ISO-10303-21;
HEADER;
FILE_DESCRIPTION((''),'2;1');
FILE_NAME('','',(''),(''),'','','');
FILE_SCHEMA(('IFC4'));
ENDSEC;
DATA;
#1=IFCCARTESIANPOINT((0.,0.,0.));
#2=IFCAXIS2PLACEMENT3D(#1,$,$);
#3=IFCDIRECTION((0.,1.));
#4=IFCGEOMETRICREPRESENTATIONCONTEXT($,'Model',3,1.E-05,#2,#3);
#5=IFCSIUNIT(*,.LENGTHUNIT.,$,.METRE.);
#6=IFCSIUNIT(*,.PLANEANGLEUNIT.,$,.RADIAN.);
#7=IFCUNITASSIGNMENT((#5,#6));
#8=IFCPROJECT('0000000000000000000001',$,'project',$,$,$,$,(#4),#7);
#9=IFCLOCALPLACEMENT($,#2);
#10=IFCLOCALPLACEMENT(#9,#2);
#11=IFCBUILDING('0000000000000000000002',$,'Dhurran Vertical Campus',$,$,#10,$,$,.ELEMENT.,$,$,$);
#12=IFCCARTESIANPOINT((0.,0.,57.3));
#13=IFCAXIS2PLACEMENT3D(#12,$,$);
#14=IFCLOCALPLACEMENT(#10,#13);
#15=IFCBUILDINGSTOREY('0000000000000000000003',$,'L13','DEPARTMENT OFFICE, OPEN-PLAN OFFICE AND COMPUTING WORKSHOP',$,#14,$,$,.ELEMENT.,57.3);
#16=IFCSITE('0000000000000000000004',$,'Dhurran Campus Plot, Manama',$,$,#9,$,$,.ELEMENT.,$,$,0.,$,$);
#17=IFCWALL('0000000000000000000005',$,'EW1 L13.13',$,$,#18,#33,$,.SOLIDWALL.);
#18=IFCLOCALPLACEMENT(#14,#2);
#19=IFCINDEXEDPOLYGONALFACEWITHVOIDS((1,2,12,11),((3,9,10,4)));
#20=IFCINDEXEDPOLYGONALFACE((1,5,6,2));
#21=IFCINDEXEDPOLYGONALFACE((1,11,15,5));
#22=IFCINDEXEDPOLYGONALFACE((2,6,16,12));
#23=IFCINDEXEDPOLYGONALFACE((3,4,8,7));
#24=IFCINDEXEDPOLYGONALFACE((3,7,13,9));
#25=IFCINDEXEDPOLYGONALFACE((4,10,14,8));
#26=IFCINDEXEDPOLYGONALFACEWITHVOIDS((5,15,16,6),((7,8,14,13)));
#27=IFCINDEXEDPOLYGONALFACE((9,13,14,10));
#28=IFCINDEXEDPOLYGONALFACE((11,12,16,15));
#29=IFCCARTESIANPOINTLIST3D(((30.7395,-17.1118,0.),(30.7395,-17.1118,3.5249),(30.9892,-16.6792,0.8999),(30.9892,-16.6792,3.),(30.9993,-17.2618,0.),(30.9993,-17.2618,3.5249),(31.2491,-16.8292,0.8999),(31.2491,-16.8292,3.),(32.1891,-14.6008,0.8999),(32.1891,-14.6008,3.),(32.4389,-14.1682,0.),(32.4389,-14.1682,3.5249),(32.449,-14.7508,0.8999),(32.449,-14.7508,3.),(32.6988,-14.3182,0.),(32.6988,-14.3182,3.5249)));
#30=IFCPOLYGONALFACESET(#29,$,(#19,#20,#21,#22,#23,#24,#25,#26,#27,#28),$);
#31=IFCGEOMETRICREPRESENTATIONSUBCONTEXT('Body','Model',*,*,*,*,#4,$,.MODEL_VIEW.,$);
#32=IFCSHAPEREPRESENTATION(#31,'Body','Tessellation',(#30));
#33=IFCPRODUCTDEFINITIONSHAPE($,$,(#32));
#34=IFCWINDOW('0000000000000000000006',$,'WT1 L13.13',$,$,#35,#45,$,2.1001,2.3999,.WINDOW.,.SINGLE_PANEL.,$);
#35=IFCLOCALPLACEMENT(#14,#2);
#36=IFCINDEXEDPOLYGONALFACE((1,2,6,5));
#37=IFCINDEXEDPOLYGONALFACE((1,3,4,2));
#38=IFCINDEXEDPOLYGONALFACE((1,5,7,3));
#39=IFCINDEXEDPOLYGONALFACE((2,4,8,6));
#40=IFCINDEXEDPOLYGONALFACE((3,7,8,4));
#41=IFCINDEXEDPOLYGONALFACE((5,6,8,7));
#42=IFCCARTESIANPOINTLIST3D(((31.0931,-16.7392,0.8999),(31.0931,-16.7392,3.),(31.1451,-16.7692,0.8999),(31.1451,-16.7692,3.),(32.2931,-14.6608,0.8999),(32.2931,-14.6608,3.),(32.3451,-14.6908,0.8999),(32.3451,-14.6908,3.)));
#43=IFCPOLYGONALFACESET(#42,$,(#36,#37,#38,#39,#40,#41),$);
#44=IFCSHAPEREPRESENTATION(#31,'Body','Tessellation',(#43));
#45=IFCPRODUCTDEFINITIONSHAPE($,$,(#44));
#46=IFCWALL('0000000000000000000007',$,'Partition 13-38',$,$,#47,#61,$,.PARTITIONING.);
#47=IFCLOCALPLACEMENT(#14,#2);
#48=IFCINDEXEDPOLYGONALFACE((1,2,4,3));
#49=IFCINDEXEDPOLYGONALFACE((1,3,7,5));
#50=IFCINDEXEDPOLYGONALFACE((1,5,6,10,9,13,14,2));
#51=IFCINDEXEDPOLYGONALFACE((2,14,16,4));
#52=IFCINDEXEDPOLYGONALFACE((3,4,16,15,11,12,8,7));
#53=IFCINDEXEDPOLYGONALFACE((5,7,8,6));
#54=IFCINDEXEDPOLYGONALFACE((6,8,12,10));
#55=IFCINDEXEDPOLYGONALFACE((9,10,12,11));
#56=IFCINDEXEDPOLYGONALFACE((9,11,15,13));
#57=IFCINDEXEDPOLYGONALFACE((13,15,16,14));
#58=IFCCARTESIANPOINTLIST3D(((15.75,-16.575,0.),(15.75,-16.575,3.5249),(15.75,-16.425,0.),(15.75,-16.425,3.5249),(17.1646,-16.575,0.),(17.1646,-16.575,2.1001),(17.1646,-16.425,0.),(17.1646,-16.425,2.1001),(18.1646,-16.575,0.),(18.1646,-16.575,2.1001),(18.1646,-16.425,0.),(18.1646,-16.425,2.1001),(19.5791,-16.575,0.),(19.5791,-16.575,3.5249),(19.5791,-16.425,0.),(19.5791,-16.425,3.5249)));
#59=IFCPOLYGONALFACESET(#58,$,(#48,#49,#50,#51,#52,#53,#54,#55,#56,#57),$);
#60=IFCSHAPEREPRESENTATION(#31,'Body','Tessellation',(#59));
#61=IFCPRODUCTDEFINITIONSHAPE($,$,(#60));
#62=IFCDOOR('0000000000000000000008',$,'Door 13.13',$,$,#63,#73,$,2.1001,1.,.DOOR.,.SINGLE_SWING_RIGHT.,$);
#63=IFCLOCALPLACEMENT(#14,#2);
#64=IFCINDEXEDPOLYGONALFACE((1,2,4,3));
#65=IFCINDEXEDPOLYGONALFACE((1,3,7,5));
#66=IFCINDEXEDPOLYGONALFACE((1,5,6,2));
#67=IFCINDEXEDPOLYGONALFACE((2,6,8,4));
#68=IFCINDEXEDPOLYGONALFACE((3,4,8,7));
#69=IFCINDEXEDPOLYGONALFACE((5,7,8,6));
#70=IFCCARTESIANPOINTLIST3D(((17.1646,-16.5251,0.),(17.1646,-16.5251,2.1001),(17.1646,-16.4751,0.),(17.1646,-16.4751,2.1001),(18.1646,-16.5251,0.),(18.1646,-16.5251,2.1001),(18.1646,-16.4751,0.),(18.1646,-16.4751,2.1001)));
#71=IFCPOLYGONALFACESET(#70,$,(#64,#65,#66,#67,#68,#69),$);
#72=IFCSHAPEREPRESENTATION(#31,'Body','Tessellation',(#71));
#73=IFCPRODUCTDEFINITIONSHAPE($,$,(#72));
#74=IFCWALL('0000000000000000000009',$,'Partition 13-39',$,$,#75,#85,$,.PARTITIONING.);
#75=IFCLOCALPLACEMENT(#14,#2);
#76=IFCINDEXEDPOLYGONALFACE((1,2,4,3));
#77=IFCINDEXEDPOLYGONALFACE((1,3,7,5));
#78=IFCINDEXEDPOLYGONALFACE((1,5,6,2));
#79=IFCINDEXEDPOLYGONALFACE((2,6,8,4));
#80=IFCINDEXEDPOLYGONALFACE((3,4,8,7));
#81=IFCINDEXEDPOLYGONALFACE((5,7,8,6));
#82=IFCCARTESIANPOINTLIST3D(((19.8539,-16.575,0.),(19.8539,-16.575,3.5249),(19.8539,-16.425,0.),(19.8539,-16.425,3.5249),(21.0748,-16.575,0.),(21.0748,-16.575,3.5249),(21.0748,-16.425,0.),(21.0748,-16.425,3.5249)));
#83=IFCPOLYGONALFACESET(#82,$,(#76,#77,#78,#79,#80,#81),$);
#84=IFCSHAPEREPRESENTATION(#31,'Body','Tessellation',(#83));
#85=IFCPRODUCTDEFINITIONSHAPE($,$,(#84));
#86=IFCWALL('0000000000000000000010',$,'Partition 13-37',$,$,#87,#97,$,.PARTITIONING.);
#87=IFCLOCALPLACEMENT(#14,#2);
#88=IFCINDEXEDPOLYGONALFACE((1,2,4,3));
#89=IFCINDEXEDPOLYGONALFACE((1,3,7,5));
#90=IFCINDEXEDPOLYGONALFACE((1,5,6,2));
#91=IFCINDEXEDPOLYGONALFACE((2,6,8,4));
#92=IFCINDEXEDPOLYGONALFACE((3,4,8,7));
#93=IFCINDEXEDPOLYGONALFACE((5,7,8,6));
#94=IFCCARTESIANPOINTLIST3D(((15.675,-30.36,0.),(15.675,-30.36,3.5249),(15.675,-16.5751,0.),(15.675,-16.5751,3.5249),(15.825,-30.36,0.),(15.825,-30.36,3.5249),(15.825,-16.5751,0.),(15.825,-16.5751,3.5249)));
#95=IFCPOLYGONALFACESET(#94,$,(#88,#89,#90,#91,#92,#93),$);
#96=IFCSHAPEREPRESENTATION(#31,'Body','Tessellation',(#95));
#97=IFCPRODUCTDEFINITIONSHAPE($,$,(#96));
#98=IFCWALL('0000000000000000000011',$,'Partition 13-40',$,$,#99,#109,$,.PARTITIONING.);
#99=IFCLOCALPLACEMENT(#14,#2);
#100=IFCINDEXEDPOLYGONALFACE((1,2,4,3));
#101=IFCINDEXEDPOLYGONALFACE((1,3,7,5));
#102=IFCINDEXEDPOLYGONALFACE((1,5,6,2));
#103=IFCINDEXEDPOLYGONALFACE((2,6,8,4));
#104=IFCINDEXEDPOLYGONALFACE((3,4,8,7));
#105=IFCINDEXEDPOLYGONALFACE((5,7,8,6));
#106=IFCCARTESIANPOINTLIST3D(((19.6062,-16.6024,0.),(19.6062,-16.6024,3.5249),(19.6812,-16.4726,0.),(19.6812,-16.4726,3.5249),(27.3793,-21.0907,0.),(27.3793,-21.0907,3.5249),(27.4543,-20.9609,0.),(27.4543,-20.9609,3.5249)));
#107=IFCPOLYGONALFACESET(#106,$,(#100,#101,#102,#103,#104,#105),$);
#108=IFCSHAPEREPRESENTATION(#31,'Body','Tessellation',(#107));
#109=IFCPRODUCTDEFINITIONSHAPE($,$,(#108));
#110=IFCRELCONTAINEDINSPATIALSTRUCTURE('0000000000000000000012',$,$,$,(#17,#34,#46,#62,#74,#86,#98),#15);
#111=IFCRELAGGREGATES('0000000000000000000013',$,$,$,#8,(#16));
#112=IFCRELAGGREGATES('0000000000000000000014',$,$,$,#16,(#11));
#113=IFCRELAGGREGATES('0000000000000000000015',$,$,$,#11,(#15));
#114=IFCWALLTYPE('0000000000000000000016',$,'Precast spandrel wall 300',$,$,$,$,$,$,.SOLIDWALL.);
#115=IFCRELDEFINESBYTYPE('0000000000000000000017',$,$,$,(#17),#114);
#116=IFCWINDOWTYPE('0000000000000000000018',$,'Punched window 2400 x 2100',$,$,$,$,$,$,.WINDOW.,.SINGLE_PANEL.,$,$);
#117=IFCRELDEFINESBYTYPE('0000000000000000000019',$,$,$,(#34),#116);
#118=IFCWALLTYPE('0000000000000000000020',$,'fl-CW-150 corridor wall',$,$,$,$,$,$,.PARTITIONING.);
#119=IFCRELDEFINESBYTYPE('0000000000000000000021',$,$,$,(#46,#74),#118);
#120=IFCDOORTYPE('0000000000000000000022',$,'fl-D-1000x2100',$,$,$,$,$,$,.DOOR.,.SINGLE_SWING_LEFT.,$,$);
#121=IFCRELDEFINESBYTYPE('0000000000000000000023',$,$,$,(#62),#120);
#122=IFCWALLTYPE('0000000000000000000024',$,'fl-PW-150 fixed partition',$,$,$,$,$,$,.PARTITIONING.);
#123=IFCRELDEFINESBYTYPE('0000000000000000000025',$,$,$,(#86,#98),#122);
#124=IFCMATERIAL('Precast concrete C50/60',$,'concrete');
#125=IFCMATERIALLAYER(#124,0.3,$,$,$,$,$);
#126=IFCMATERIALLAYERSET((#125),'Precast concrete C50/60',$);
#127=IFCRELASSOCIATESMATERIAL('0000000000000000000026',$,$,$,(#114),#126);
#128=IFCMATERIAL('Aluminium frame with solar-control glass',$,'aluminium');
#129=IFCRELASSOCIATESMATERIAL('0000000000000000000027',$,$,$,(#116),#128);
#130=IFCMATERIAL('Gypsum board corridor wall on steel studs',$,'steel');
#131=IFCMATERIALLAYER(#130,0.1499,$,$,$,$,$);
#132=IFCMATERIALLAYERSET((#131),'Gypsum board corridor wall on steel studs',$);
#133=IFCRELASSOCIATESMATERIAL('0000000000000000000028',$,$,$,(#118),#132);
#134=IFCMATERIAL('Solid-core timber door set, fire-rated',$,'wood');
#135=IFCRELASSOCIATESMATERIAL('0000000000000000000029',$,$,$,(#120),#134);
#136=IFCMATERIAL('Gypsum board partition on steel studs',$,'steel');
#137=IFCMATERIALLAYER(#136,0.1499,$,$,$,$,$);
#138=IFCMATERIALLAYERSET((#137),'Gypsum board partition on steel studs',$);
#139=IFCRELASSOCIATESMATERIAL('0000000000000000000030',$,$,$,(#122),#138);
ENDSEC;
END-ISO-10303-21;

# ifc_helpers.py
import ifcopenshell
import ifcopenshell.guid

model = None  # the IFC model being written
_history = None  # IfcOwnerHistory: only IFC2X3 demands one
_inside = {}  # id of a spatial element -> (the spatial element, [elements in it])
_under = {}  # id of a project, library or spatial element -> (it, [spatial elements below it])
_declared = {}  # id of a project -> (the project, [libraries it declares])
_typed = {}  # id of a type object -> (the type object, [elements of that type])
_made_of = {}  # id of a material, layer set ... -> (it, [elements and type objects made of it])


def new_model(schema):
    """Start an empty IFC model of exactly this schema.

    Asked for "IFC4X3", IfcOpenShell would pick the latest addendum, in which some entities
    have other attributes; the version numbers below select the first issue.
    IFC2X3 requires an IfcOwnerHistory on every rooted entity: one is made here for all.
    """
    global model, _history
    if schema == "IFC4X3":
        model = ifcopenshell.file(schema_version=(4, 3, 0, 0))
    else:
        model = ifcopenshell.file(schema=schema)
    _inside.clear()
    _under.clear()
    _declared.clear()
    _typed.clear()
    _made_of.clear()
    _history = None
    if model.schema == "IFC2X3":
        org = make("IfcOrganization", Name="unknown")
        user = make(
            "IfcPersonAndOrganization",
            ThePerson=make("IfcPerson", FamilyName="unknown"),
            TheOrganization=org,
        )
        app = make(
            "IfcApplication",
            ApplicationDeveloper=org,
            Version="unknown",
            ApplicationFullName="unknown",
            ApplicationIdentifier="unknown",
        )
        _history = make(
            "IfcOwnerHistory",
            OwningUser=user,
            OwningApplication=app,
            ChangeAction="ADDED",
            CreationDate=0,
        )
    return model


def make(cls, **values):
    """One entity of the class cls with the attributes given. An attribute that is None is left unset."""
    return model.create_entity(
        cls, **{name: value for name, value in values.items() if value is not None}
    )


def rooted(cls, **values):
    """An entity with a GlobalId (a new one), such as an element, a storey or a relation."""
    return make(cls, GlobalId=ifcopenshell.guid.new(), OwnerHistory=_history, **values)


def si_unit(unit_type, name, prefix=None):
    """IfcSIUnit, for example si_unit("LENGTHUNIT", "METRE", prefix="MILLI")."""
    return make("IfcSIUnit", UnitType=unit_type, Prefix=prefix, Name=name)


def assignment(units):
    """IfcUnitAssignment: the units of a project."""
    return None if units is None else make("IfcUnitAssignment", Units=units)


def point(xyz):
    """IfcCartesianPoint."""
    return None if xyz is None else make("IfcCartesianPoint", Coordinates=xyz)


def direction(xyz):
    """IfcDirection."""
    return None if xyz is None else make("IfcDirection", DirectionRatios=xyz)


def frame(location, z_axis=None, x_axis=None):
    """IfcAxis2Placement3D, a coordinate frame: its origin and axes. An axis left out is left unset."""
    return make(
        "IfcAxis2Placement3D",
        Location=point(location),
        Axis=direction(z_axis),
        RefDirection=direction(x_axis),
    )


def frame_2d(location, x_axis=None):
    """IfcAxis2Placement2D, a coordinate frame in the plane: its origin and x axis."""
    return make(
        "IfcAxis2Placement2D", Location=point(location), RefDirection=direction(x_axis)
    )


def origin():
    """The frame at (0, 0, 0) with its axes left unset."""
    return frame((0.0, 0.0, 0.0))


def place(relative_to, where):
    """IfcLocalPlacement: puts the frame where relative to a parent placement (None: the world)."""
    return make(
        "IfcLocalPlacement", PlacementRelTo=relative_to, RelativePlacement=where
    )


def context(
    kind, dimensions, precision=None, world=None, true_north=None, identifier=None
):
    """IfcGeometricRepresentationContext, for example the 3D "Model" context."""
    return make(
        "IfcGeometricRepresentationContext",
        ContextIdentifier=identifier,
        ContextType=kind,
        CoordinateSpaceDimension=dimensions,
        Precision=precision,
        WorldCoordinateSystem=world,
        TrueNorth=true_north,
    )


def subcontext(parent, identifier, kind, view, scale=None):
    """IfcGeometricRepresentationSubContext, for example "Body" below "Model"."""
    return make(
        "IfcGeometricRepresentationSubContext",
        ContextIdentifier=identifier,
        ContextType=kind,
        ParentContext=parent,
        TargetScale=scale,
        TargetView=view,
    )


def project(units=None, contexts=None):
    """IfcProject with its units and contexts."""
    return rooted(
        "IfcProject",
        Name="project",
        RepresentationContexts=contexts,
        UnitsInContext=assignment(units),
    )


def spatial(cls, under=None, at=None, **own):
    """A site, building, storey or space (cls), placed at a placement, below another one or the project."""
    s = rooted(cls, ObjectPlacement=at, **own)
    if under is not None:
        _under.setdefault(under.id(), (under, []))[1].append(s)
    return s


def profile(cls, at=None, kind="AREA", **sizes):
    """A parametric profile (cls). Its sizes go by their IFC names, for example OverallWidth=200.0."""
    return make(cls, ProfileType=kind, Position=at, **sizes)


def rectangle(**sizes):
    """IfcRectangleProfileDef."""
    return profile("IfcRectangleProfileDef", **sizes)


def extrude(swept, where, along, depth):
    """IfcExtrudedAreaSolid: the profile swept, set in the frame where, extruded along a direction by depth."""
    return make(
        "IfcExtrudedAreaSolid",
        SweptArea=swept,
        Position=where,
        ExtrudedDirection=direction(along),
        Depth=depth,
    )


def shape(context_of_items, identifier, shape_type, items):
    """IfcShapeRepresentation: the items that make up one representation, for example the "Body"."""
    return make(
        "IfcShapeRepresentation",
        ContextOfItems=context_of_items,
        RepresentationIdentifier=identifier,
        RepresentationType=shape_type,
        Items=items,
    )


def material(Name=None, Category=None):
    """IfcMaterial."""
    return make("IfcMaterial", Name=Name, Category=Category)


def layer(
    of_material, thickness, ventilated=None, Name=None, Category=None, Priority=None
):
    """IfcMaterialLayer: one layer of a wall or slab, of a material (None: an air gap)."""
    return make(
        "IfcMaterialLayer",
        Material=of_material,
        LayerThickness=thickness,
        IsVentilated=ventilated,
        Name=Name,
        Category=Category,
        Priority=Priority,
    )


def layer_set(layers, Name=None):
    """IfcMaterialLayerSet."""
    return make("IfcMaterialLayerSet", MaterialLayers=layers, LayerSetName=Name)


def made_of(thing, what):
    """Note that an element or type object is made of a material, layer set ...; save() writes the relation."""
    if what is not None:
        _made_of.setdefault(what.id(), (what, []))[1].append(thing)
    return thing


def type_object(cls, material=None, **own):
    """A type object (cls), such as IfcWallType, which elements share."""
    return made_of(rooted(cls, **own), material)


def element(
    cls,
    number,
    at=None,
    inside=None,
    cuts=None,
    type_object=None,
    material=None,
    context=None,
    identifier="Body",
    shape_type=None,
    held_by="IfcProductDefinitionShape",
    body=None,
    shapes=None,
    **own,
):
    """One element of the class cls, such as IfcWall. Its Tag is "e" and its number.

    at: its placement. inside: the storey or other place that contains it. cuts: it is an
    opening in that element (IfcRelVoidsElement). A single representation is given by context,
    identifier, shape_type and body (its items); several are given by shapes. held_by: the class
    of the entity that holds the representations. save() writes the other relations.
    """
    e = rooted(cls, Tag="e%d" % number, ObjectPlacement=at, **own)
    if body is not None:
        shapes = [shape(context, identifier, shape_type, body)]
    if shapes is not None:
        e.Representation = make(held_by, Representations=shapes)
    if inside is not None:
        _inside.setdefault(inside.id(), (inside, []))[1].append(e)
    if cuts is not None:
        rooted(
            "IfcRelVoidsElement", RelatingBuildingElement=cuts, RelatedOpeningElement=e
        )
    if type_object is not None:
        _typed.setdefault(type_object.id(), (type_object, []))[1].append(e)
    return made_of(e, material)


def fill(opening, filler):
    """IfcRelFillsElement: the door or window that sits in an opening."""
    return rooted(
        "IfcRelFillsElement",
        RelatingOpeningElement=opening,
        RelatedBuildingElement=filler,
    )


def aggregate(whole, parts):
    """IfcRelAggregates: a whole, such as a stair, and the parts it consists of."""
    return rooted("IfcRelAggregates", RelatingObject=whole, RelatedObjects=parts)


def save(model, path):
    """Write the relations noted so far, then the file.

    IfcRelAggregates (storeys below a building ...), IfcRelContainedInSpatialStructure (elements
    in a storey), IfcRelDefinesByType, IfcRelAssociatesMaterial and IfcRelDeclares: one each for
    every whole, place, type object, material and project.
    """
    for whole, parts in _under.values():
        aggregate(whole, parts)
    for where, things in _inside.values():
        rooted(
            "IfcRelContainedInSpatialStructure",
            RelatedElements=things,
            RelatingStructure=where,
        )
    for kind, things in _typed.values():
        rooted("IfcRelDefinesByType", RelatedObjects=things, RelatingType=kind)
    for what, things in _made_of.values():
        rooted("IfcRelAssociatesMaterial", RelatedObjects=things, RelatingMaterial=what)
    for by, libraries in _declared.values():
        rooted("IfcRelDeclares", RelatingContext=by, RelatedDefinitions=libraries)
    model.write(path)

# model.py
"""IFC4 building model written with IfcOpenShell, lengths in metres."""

from ifc_helpers import new_model, si_unit, direction, frame, frame_2d, origin, place, context, subcontext, project, spatial, rectangle, extrude, material, layer, layer_set, type_object, element, fill, save


model = new_model("IFC4")

# Units and contexts
model_context = context("Model", 3, precision=1e-05, world=origin(), true_north=direction((0.0, 1.0)))
body_context = subcontext(model_context, "Body", "Model", "MODEL_VIEW")
ifc_project = project(units=[si_unit("LENGTHUNIT", "METRE"), si_unit("PLANEANGLEUNIT", "RADIAN")], contexts=[model_context])

# Site, building, storey
site_placement = place(None, origin())
site = spatial("IfcSite", under=ifc_project, at=site_placement, Name="Dhurran Campus Plot, Manama", CompositionType="ELEMENT", RefElevation=0.0)
building_placement = place(site_placement, origin())
building = spatial("IfcBuilding", under=site, at=building_placement, Name="Dhurran Vertical Campus", CompositionType="ELEMENT")
storey_placement = place(building_placement, frame((0.0, 0.0, 57.3)))
storey = spatial("IfcBuildingStorey", under=building, at=storey_placement, Name="L13", Description="DEPARTMENT OFFICE, OPEN-PLAN OFFICE AND COMPUTING WORKSHOP", CompositionType="ELEMENT", Elevation=57.3)

# Wall, opening, window
ifc_material_1 = material(Name="Precast concrete C50/60", Category="concrete")
ifc_layer_1 = layer(ifc_material_1, 0.3)
ifc_layer_set_1 = layer_set([ifc_layer_1], Name="Precast concrete C50/60")
wall_type_1 = type_object("IfcWallType", Name="Precast spandrel wall 300", PredefinedType="SOLIDWALL", material=ifc_layer_set_1)
ifc_material_2 = material(Name="Aluminium frame with solar-control glass", Category="aluminium")
window_type = type_object("IfcWindowType", Name="Punched window 2400 x 2100", PartitioningType="SINGLE_PANEL", PredefinedType="WINDOW", material=ifc_material_2)
wall_1_placement = place(storey_placement, frame((30.8694, -17.1868, 0.0), z_axis=(0.0, 0.0, 1.0), x_axis=(0.499994, 0.866029, 0.0)))
wall_1 = element("IfcWall", 1, at=wall_1_placement, inside=storey, type_object=wall_type_1, Name="EW1 L13.13", PredefinedType="SOLIDWALL", context=body_context, shape_type="SweptSolid", body=[
    extrude(rectangle(XDim=3.3989, YDim=0.3, at=frame_2d((1.6995, 0.0))), origin(), (0.0, 0.0, 1.0), 3.5249),
])
opening_1_placement = place(wall_1_placement, frame((0.4995, 0.0, 0.8999)))
opening_1 = element("IfcOpeningElement", 2, at=opening_1_placement, cuts=wall_1, PredefinedType="OPENING", context=body_context, shape_type="SweptSolid", body=[
    extrude(rectangle(XDim=2.3999, YDim=2.1001, at=frame_2d((1.2, 1.05))), frame((0.0, 0.1599, 0.0), z_axis=(0.0, -1.0, 0.0), x_axis=(1.0, 0.0, 0.0)), (0.0, 0.0, 1.0), 0.3201),
])
window_1_placement = place(opening_1_placement, origin())
window_1 = element("IfcWindow", 3, at=window_1_placement, inside=storey, type_object=window_type, Name="WT1 L13.13", OverallHeight=2.1001, OverallWidth=2.3999, PartitioningType="SINGLE_PANEL", PredefinedType="WINDOW", context=body_context, shape_type="SweptSolid", body=[
    extrude(rectangle(XDim=2.3999, YDim=2.1001, at=frame_2d((1.2, 1.05))), frame((0.0, 0.03, 0.0), z_axis=(0.0, -1.0, 0.0), x_axis=(1.0, 0.0, 0.0)), (0.0, 0.0, 1.0), 0.0601),
])
fill(opening_1, window_1)

# Wall, opening, door
ifc_material_3 = material(Name="Gypsum board corridor wall on steel studs", Category="steel")
ifc_layer_2 = layer(ifc_material_3, 0.1499)
ifc_layer_set_2 = layer_set([ifc_layer_2], Name="Gypsum board corridor wall on steel studs")
wall_type_2 = type_object("IfcWallType", Name="fl-CW-150 corridor wall", PredefinedType="PARTITIONING", material=ifc_layer_set_2)
wall_2_placement = place(storey_placement, frame((15.75, -16.5, 0.0), z_axis=(0.0, 0.0, 1.0), x_axis=(1.0, 0.0, 0.0)))
wall_2 = element("IfcWall", 4, at=wall_2_placement, inside=storey, type_object=wall_type_2, Name="Partition 13-38", PredefinedType="PARTITIONING", context=body_context, shape_type="SweptSolid", body=[
    extrude(rectangle(XDim=3.8291, YDim=0.1499, at=frame_2d((1.9146, 0.0))), origin(), (0.0, 0.0, 1.0), 3.5249),
])
opening_2_placement = place(wall_2_placement, frame((1.4146, 0.0, 0.0)))
opening_2 = element("IfcOpeningElement", 5, at=opening_2_placement, cuts=wall_2, PredefinedType="OPENING", context=body_context, shape_type="SweptSolid", body=[
    extrude(rectangle(XDim=1.0, YDim=2.1001, at=frame_2d((0.5, 1.05))), frame((0.0, 0.085, 0.0), z_axis=(0.0, -1.0, 0.0), x_axis=(1.0, 0.0, 0.0)), (0.0, 0.0, 1.0), 0.1699),
])
ifc_material_4 = material(Name="Solid-core timber door set, fire-rated", Category="wood")
door_type = type_object("IfcDoorType", Name="fl-D-1000x2100", OperationType="SINGLE_SWING_LEFT", PredefinedType="DOOR", material=ifc_material_4)
door_placement = place(opening_2_placement, origin())
door = element("IfcDoor", 6, at=door_placement, inside=storey, type_object=door_type, Name="Door 13.13", OperationType="SINGLE_SWING_RIGHT", OverallHeight=2.1001, OverallWidth=1.0, PredefinedType="DOOR", context=body_context, shape_type="SweptSolid", body=[
    extrude(rectangle(XDim=1.0, YDim=2.1001, at=frame_2d((0.5, 1.05))), frame((0.0, 0.0249, 0.0), z_axis=(0.0, -1.0, 0.0), x_axis=(1.0, 0.0, 0.0)), (0.0, 0.0, 1.0), 0.05),
])
fill(opening_2, door)

# Walls
wall_3_placement = place(storey_placement, frame((19.854, -16.5, 0.0), z_axis=(0.0, 0.0, 1.0), x_axis=(1.0, 0.0, 0.0)))
element("IfcWall", 7, at=wall_3_placement, inside=storey, type_object=wall_type_2, Name="Partition 13-39", PredefinedType="PARTITIONING", context=body_context, shape_type="SweptSolid", body=[
    extrude(rectangle(XDim=1.2209, YDim=0.1499, at=frame_2d((0.6104, 0.0))), origin(), (0.0, 0.0, 1.0), 3.5249),
])
ifc_material_5 = material(Name="Gypsum board partition on steel studs", Category="steel")
ifc_layer_3 = layer(ifc_material_5, 0.1499)
ifc_layer_set_3 = layer_set([ifc_layer_3], Name="Gypsum board partition on steel studs")
wall_type_3 = type_object("IfcWallType", Name="fl-PW-150 fixed partition", PredefinedType="PARTITIONING", material=ifc_layer_set_3)
wall_4_placement = place(storey_placement, frame((15.75, -16.575, 0.0), z_axis=(0.0, 0.0, 1.0), x_axis=(0.0, -1.0, 0.0)))
element("IfcWall", 8, at=wall_4_placement, inside=storey, type_object=wall_type_3, Name="Partition 13-37", PredefinedType="PARTITIONING", context=body_context, shape_type="SweptSolid", body=[
    extrude(rectangle(XDim=13.7849, YDim=0.1499, at=frame_2d((6.8926, 0.0))), origin(), (0.0, 0.0, 1.0), 3.5249),
])
wall_5_placement = place(storey_placement, frame((19.6438, -16.5376, 0.0), z_axis=(0.0, 0.0, 1.0), x_axis=(0.866005, -0.500036, 0.0)))
element("IfcWall", 9, at=wall_5_placement, inside=storey, type_object=wall_type_3, Name="Partition 13-40", PredefinedType="PARTITIONING", context=body_context, shape_type="SweptSolid", body=[
    extrude(rectangle(XDim=8.9758, YDim=0.1499, at=frame_2d((4.4878, 0.0))), origin(), (0.0, 0.0, 1.0), 3.5249),
])

save(model, "model.ifc")
